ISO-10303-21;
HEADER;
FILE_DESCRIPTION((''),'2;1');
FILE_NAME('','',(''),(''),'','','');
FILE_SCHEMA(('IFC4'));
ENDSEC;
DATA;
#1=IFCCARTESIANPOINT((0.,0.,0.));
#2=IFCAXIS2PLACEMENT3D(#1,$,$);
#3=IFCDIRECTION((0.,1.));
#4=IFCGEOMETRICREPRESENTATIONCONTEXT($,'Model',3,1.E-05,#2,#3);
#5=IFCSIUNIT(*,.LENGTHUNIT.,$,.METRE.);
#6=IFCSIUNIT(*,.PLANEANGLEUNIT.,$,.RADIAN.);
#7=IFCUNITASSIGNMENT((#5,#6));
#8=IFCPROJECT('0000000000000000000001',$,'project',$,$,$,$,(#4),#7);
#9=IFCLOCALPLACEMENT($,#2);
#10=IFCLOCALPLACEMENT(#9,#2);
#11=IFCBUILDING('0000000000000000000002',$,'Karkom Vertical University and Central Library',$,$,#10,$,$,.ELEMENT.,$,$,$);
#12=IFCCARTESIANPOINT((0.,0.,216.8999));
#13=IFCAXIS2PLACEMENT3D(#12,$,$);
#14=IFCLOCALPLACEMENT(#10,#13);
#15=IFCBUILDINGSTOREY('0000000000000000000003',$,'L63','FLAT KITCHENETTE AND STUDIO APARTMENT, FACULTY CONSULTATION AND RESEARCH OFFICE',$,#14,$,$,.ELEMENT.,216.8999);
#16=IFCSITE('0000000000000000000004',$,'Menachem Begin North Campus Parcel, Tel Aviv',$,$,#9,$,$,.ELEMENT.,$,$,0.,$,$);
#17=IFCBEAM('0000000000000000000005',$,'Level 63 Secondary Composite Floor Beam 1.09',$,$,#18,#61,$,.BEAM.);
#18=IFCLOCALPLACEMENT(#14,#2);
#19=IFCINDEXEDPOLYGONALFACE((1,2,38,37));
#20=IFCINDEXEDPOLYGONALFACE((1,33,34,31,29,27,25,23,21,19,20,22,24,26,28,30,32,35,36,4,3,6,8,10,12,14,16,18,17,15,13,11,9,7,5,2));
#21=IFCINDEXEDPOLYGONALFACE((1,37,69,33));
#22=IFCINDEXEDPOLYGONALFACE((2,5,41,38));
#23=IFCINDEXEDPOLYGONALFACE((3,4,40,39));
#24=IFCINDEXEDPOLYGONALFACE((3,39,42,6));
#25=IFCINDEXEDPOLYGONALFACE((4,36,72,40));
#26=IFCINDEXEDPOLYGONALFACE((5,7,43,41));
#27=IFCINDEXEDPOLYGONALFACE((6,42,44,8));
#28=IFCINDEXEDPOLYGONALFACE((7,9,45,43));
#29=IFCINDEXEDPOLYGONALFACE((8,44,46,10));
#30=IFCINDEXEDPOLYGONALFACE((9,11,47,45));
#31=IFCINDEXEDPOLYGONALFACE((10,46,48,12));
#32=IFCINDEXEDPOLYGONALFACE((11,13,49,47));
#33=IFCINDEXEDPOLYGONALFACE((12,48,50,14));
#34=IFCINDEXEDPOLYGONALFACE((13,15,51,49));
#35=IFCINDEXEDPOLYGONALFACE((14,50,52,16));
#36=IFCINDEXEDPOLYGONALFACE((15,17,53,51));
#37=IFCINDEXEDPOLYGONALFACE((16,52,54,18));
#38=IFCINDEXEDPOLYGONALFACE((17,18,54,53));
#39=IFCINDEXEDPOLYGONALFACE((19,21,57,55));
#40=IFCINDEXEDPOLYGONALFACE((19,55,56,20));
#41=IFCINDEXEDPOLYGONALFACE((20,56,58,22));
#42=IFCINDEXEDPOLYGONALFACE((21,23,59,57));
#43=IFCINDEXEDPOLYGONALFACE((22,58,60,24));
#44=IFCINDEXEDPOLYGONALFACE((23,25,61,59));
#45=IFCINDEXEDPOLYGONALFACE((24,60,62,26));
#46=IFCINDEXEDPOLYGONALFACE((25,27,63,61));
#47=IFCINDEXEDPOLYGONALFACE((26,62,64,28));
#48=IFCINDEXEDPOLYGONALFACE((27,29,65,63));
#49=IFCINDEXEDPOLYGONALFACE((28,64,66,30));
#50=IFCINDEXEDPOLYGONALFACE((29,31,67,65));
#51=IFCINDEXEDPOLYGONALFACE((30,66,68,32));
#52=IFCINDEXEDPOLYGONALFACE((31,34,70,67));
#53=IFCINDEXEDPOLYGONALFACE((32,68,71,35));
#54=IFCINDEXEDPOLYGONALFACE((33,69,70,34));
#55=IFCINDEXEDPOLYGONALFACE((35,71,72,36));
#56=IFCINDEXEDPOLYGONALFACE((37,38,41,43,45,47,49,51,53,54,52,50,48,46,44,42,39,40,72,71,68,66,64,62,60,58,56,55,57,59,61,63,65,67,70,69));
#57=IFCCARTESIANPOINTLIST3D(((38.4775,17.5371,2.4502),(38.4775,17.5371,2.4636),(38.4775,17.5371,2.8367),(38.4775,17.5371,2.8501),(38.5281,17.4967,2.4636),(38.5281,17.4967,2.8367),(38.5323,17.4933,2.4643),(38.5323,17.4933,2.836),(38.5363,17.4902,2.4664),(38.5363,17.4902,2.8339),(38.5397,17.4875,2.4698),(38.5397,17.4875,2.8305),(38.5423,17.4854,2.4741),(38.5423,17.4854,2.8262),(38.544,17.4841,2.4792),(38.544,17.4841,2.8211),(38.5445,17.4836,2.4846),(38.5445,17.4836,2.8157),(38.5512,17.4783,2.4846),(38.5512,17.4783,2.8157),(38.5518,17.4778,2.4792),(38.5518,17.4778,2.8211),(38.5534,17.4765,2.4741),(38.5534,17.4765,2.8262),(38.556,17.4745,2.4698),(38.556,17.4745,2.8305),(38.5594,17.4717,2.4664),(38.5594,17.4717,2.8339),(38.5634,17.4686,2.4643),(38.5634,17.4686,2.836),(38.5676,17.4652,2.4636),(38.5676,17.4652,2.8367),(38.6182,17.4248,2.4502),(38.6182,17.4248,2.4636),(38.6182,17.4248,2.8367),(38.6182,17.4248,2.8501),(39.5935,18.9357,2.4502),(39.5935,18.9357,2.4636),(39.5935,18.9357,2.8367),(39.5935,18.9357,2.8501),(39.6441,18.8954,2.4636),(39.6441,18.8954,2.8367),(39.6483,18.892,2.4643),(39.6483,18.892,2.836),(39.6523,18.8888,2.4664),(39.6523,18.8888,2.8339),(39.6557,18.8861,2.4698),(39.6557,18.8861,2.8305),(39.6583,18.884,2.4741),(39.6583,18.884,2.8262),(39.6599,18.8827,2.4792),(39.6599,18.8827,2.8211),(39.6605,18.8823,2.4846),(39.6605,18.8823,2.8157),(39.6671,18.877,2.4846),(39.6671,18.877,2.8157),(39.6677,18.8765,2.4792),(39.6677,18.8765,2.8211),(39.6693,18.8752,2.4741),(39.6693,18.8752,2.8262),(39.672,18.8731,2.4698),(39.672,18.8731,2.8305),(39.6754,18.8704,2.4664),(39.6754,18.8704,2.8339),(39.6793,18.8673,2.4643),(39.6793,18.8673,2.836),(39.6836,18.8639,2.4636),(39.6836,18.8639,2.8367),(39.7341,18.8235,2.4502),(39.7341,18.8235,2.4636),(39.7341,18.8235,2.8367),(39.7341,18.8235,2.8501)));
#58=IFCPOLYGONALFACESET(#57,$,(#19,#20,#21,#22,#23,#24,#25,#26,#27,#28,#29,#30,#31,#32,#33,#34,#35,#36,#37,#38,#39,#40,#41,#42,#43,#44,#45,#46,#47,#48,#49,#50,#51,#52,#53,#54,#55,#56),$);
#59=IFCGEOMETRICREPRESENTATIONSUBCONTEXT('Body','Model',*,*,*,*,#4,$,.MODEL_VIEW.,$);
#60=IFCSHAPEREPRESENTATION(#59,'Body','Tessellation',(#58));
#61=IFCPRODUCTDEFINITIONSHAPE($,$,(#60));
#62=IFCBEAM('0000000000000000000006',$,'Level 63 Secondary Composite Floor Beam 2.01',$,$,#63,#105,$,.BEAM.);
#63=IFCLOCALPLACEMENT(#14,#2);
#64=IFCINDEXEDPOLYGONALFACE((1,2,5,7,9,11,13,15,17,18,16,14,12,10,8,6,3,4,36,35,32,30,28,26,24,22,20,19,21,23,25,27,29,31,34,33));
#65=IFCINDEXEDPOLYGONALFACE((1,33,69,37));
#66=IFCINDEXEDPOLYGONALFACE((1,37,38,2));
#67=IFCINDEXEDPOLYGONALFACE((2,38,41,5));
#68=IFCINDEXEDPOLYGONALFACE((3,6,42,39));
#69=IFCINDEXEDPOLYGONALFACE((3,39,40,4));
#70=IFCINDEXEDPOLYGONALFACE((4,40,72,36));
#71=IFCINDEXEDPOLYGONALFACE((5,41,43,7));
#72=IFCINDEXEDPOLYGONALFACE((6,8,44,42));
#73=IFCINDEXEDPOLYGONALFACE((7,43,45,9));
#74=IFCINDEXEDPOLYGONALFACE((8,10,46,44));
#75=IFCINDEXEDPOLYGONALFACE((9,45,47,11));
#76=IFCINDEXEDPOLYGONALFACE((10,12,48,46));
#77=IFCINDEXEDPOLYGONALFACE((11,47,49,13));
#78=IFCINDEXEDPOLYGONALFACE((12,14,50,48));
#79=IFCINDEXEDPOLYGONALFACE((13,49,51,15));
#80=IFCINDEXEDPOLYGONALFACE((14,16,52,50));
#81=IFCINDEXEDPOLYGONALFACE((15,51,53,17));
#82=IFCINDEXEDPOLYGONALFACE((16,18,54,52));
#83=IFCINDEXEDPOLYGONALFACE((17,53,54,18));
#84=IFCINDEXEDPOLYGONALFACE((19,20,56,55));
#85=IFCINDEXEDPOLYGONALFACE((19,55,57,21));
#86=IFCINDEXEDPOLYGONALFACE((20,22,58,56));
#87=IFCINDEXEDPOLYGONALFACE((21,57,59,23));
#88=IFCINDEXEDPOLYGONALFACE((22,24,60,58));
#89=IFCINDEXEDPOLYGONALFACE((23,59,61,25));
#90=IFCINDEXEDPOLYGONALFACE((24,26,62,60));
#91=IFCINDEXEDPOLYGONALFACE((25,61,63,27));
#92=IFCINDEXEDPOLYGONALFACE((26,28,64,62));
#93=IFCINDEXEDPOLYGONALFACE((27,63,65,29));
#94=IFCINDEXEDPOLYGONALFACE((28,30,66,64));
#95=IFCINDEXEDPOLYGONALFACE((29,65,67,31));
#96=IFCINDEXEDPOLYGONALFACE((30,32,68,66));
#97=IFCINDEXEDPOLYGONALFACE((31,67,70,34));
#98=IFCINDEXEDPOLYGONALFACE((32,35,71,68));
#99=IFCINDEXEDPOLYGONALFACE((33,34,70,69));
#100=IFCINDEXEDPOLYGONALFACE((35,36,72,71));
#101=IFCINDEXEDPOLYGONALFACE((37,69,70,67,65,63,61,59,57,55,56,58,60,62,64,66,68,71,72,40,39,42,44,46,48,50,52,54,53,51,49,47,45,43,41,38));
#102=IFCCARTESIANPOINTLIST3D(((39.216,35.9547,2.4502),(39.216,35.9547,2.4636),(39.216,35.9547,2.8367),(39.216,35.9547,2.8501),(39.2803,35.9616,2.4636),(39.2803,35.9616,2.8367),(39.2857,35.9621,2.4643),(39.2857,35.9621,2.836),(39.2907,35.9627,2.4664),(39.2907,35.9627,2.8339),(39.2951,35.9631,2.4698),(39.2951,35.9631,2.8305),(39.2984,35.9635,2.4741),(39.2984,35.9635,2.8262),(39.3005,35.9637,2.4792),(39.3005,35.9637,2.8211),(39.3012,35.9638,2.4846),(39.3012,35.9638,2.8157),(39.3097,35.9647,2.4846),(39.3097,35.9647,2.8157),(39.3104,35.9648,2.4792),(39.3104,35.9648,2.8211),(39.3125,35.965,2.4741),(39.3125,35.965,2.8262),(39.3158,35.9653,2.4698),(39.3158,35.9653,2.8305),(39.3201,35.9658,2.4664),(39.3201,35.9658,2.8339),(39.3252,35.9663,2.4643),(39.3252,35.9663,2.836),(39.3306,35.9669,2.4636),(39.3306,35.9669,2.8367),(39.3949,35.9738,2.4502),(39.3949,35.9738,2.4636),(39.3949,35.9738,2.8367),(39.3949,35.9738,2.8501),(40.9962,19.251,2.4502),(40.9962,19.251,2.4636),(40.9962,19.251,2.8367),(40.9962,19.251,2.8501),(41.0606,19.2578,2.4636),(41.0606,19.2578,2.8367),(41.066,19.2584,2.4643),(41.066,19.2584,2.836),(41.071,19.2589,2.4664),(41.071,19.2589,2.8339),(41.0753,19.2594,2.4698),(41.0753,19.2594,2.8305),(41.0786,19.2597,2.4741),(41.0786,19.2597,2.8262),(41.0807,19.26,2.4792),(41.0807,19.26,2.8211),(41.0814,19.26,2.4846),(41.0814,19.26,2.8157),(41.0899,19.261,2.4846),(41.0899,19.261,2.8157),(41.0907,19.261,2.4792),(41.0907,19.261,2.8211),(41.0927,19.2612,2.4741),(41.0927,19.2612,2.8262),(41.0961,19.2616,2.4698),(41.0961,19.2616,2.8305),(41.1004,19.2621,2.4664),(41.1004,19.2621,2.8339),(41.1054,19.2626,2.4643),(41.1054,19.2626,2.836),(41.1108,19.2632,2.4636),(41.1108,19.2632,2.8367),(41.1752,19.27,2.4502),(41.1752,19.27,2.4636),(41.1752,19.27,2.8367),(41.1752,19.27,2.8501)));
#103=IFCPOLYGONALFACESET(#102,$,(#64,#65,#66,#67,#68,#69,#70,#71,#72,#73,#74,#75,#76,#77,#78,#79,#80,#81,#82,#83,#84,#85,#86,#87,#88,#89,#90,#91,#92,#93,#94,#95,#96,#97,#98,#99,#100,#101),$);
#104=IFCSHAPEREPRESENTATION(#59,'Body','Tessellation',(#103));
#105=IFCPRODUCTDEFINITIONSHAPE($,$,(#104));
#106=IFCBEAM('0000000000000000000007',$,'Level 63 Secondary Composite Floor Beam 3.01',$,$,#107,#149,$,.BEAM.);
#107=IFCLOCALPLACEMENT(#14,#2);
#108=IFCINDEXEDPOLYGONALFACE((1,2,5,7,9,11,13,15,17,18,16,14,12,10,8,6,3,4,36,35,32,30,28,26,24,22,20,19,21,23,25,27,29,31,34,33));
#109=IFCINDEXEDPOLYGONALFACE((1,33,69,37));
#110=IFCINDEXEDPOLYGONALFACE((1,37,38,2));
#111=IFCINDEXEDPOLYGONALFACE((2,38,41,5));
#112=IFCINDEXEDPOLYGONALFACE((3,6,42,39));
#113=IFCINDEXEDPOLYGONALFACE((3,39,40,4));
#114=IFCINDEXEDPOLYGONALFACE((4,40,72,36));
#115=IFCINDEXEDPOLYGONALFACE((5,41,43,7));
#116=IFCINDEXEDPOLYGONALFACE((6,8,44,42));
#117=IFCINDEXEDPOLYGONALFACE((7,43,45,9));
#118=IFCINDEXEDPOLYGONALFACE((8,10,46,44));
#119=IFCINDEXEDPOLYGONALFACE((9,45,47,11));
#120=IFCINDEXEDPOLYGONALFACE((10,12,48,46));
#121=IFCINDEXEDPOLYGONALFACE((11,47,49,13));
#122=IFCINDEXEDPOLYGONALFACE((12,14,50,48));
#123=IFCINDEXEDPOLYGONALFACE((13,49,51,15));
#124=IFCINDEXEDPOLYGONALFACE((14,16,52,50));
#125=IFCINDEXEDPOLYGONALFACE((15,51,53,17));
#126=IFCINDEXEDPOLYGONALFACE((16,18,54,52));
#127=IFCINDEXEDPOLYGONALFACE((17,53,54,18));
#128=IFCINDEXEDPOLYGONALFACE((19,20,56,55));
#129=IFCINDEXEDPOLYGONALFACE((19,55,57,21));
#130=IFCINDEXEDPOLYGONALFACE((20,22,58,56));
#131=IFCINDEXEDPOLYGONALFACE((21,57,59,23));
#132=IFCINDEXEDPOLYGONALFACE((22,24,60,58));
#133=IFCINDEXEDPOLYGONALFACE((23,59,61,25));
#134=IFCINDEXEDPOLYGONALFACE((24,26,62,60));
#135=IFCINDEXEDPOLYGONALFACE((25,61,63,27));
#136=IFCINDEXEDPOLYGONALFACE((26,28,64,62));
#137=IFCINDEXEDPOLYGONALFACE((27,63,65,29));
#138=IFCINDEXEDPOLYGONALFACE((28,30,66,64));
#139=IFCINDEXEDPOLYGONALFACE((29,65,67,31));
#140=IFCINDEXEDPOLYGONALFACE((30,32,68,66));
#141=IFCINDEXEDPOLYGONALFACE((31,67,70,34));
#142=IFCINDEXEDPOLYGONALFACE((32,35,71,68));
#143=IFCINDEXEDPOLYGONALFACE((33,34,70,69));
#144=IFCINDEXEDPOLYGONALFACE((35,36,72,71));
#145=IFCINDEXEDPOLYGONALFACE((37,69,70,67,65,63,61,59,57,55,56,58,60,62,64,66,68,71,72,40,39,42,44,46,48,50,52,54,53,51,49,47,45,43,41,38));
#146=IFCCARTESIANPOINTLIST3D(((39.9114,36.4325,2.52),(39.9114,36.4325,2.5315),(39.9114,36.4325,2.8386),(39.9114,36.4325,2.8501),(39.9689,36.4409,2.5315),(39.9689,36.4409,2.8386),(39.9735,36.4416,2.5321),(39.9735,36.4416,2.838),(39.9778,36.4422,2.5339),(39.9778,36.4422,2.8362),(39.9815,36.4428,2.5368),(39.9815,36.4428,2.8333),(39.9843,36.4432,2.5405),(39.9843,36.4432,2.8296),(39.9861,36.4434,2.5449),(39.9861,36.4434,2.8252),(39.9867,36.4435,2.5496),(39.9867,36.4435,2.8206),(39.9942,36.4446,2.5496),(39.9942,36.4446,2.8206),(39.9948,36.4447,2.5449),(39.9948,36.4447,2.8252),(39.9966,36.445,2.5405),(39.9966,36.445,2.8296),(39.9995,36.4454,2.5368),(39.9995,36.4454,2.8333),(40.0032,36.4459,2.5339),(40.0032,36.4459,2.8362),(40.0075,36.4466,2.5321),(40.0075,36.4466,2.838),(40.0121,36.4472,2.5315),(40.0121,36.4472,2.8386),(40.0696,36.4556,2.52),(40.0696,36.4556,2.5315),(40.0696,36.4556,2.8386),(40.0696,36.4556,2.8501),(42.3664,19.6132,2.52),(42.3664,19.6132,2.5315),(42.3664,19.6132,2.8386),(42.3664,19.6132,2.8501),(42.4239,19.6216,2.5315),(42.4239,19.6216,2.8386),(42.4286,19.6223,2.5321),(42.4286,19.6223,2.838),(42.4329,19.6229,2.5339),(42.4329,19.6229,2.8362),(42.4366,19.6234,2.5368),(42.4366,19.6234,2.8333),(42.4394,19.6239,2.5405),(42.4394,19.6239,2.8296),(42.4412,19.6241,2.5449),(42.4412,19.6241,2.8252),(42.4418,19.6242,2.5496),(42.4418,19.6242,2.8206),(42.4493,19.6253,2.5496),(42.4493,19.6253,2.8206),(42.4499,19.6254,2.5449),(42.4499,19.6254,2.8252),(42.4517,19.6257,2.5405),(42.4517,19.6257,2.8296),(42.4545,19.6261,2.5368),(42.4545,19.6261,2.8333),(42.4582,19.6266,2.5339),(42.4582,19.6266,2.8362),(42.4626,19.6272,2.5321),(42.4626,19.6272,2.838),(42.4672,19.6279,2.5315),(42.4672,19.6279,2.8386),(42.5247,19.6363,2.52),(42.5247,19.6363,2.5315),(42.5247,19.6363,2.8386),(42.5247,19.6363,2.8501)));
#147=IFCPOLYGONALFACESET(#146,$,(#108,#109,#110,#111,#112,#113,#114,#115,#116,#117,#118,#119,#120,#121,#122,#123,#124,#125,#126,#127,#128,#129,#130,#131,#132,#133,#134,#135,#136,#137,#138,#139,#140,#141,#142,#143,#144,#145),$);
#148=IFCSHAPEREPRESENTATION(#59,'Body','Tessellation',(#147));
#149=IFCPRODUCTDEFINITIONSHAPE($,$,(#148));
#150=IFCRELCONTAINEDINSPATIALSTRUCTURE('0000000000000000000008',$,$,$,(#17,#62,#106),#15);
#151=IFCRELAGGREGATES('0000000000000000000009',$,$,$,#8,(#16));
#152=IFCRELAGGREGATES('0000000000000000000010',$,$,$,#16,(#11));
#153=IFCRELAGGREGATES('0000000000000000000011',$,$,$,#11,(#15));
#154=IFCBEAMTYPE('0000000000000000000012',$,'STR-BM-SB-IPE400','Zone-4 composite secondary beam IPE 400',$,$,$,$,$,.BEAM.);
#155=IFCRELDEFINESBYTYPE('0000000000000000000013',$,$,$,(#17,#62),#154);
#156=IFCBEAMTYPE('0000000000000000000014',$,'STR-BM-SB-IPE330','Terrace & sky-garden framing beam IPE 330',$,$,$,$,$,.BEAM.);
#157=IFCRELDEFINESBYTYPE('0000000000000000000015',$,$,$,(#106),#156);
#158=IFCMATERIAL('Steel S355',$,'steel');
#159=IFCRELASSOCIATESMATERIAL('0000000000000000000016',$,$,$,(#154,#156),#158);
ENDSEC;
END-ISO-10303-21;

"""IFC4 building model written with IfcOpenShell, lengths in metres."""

from ifc_helpers import new_model, si_unit, direction, frame, origin, origin_with_axes, origin_2d, place, context, subcontext, project, spatial, i_section, extrude, source, transform, mapped, material, material_profile, profile_set, type_object, element, save


model = new_model("IFC4")

# Units and contexts
model_context = context("Model", 3, precision=1e-05, world=origin(), true_north=direction((0.0, 1.0)))
body_context = subcontext(model_context, "Body", "Model", "MODEL_VIEW")
ifc_project = project(units=[si_unit("LENGTHUNIT", "METRE"), si_unit("PLANEANGLEUNIT", "RADIAN")], contexts=[model_context])

# Site, building, storey
site_placement = place(None, origin())
site = spatial("IfcSite", under=ifc_project, at=site_placement, Name="Menachem Begin North Campus Parcel, Tel Aviv", CompositionType="ELEMENT", RefElevation=0.0)
building_placement = place(site_placement, origin())
building = spatial("IfcBuilding", under=site, at=building_placement, Name="Karkom Vertical University and Central Library", CompositionType="ELEMENT")
storey_placement = place(building_placement, frame((0.0, 0.0, 216.8999)))
storey = spatial("IfcBuildingStorey", under=building, at=storey_placement, Name="L63", Description="FLAT KITCHENETTE AND STUDIO APARTMENT, FACULTY CONSULTATION AND RESEARCH OFFICE", CompositionType="ELEMENT", Elevation=216.8999)

# Beams
ifc_material_1 = material(Name="Steel S355", Category="steel")
ifc_material_profile_1 = material_profile(ifc_material_1, i_section(OverallWidth=0.1799, OverallDepth=0.3999, WebThickness=0.0085, FlangeThickness=0.0134, FilletRadius=0.021, at=origin_2d()), Name="IPE 400")
ifc_profile_set_1 = profile_set([ifc_material_profile_1], Name="Steel S355")
beam_type_1 = type_object("IfcBeamType", Name="STR-BM-SB-IPE400", Description="Zone-4 composite secondary beam IPE 400", PredefinedType="BEAM", material=ifc_profile_set_1)
shared_shape_1 = source(origin_with_axes(), body_context, "Body", "SweptSolid", [
    extrude(i_section(OverallWidth=0.1799, OverallDepth=0.3999, WebThickness=0.0085, FlangeThickness=0.0134, FilletRadius=0.021, at=origin_2d()), origin(), (0.0, 0.0, 1.0), 1.7893),
])
beam_1_placement = place(storey_placement, frame((38.5479, 17.481, 2.6501), z_axis=(0.62368, 0.78168, 0.0), x_axis=(-0.78168, 0.62368, 0.0)))
element("IfcBeam", 1, at=beam_1_placement, inside=storey, type_object=beam_type_1, Name="Level 63 Secondary Composite Floor Beam 1.09", PredefinedType="BEAM", context=body_context, shape_type="MappedRepresentation", body=[
    mapped(shared_shape_1, transform((0.0, 0.0, 0.0), scale=1.0)),
])
shared_shape_2 = source(origin_with_axes(), body_context, "Body", "SweptSolid", [
    extrude(i_section(OverallWidth=0.1799, OverallDepth=0.3999, WebThickness=0.0085, FlangeThickness=0.0134, FilletRadius=0.021, at=origin_2d()), origin(), (0.0, 0.0, 1.0), 16.7983),
])
beam_2_placement = place(storey_placement, frame((41.0857, 19.2605, 2.6501), z_axis=(-0.105978, 0.994368, 0.0), x_axis=(-0.994368, -0.105978, 0.0)))
element("IfcBeam", 2, at=beam_2_placement, inside=storey, type_object=beam_type_1, Name="Level 63 Secondary Composite Floor Beam 2.01", PredefinedType="BEAM", context=body_context, shape_type="MappedRepresentation", body=[
    mapped(shared_shape_2, transform((0.0, 0.0, 0.0), scale=1.0)),
])
ifc_material_profile_2 = material_profile(ifc_material_1, i_section(OverallWidth=0.1599, OverallDepth=0.3301, WebThickness=0.0076, FlangeThickness=0.0115, FilletRadius=0.0181, at=origin_2d()), Name="IPE 330")
ifc_profile_set_2 = profile_set([ifc_material_profile_2], Name="Steel S355")
beam_type_2 = type_object("IfcBeamType", Name="STR-BM-SB-IPE330", Description="Terrace & sky-garden framing beam IPE 330", PredefinedType="BEAM", material=ifc_profile_set_2)
shared_shape_3 = source(origin_with_axes(), body_context, "Body", "SweptSolid", [
    extrude(i_section(OverallWidth=0.1599, OverallDepth=0.3301, WebThickness=0.0076, FlangeThickness=0.0115, FilletRadius=0.0181, at=origin_2d()), origin(), (0.0, 0.0, 1.0), 16.9976),
])
beam_3_placement = place(storey_placement, frame((42.4456, 19.6248, 2.6851), z_axis=(-0.144437, 0.989514, 0.0), x_axis=(-0.989514, -0.144437, 0.0)))
element("IfcBeam", 3, at=beam_3_placement, inside=storey, type_object=beam_type_2, Name="Level 63 Secondary Composite Floor Beam 3.01", PredefinedType="BEAM", context=body_context, shape_type="MappedRepresentation", body=[
    mapped(shared_shape_3, transform((0.0, 0.0, 0.0), scale=1.0)),
])

save(model, "model.ifc")
